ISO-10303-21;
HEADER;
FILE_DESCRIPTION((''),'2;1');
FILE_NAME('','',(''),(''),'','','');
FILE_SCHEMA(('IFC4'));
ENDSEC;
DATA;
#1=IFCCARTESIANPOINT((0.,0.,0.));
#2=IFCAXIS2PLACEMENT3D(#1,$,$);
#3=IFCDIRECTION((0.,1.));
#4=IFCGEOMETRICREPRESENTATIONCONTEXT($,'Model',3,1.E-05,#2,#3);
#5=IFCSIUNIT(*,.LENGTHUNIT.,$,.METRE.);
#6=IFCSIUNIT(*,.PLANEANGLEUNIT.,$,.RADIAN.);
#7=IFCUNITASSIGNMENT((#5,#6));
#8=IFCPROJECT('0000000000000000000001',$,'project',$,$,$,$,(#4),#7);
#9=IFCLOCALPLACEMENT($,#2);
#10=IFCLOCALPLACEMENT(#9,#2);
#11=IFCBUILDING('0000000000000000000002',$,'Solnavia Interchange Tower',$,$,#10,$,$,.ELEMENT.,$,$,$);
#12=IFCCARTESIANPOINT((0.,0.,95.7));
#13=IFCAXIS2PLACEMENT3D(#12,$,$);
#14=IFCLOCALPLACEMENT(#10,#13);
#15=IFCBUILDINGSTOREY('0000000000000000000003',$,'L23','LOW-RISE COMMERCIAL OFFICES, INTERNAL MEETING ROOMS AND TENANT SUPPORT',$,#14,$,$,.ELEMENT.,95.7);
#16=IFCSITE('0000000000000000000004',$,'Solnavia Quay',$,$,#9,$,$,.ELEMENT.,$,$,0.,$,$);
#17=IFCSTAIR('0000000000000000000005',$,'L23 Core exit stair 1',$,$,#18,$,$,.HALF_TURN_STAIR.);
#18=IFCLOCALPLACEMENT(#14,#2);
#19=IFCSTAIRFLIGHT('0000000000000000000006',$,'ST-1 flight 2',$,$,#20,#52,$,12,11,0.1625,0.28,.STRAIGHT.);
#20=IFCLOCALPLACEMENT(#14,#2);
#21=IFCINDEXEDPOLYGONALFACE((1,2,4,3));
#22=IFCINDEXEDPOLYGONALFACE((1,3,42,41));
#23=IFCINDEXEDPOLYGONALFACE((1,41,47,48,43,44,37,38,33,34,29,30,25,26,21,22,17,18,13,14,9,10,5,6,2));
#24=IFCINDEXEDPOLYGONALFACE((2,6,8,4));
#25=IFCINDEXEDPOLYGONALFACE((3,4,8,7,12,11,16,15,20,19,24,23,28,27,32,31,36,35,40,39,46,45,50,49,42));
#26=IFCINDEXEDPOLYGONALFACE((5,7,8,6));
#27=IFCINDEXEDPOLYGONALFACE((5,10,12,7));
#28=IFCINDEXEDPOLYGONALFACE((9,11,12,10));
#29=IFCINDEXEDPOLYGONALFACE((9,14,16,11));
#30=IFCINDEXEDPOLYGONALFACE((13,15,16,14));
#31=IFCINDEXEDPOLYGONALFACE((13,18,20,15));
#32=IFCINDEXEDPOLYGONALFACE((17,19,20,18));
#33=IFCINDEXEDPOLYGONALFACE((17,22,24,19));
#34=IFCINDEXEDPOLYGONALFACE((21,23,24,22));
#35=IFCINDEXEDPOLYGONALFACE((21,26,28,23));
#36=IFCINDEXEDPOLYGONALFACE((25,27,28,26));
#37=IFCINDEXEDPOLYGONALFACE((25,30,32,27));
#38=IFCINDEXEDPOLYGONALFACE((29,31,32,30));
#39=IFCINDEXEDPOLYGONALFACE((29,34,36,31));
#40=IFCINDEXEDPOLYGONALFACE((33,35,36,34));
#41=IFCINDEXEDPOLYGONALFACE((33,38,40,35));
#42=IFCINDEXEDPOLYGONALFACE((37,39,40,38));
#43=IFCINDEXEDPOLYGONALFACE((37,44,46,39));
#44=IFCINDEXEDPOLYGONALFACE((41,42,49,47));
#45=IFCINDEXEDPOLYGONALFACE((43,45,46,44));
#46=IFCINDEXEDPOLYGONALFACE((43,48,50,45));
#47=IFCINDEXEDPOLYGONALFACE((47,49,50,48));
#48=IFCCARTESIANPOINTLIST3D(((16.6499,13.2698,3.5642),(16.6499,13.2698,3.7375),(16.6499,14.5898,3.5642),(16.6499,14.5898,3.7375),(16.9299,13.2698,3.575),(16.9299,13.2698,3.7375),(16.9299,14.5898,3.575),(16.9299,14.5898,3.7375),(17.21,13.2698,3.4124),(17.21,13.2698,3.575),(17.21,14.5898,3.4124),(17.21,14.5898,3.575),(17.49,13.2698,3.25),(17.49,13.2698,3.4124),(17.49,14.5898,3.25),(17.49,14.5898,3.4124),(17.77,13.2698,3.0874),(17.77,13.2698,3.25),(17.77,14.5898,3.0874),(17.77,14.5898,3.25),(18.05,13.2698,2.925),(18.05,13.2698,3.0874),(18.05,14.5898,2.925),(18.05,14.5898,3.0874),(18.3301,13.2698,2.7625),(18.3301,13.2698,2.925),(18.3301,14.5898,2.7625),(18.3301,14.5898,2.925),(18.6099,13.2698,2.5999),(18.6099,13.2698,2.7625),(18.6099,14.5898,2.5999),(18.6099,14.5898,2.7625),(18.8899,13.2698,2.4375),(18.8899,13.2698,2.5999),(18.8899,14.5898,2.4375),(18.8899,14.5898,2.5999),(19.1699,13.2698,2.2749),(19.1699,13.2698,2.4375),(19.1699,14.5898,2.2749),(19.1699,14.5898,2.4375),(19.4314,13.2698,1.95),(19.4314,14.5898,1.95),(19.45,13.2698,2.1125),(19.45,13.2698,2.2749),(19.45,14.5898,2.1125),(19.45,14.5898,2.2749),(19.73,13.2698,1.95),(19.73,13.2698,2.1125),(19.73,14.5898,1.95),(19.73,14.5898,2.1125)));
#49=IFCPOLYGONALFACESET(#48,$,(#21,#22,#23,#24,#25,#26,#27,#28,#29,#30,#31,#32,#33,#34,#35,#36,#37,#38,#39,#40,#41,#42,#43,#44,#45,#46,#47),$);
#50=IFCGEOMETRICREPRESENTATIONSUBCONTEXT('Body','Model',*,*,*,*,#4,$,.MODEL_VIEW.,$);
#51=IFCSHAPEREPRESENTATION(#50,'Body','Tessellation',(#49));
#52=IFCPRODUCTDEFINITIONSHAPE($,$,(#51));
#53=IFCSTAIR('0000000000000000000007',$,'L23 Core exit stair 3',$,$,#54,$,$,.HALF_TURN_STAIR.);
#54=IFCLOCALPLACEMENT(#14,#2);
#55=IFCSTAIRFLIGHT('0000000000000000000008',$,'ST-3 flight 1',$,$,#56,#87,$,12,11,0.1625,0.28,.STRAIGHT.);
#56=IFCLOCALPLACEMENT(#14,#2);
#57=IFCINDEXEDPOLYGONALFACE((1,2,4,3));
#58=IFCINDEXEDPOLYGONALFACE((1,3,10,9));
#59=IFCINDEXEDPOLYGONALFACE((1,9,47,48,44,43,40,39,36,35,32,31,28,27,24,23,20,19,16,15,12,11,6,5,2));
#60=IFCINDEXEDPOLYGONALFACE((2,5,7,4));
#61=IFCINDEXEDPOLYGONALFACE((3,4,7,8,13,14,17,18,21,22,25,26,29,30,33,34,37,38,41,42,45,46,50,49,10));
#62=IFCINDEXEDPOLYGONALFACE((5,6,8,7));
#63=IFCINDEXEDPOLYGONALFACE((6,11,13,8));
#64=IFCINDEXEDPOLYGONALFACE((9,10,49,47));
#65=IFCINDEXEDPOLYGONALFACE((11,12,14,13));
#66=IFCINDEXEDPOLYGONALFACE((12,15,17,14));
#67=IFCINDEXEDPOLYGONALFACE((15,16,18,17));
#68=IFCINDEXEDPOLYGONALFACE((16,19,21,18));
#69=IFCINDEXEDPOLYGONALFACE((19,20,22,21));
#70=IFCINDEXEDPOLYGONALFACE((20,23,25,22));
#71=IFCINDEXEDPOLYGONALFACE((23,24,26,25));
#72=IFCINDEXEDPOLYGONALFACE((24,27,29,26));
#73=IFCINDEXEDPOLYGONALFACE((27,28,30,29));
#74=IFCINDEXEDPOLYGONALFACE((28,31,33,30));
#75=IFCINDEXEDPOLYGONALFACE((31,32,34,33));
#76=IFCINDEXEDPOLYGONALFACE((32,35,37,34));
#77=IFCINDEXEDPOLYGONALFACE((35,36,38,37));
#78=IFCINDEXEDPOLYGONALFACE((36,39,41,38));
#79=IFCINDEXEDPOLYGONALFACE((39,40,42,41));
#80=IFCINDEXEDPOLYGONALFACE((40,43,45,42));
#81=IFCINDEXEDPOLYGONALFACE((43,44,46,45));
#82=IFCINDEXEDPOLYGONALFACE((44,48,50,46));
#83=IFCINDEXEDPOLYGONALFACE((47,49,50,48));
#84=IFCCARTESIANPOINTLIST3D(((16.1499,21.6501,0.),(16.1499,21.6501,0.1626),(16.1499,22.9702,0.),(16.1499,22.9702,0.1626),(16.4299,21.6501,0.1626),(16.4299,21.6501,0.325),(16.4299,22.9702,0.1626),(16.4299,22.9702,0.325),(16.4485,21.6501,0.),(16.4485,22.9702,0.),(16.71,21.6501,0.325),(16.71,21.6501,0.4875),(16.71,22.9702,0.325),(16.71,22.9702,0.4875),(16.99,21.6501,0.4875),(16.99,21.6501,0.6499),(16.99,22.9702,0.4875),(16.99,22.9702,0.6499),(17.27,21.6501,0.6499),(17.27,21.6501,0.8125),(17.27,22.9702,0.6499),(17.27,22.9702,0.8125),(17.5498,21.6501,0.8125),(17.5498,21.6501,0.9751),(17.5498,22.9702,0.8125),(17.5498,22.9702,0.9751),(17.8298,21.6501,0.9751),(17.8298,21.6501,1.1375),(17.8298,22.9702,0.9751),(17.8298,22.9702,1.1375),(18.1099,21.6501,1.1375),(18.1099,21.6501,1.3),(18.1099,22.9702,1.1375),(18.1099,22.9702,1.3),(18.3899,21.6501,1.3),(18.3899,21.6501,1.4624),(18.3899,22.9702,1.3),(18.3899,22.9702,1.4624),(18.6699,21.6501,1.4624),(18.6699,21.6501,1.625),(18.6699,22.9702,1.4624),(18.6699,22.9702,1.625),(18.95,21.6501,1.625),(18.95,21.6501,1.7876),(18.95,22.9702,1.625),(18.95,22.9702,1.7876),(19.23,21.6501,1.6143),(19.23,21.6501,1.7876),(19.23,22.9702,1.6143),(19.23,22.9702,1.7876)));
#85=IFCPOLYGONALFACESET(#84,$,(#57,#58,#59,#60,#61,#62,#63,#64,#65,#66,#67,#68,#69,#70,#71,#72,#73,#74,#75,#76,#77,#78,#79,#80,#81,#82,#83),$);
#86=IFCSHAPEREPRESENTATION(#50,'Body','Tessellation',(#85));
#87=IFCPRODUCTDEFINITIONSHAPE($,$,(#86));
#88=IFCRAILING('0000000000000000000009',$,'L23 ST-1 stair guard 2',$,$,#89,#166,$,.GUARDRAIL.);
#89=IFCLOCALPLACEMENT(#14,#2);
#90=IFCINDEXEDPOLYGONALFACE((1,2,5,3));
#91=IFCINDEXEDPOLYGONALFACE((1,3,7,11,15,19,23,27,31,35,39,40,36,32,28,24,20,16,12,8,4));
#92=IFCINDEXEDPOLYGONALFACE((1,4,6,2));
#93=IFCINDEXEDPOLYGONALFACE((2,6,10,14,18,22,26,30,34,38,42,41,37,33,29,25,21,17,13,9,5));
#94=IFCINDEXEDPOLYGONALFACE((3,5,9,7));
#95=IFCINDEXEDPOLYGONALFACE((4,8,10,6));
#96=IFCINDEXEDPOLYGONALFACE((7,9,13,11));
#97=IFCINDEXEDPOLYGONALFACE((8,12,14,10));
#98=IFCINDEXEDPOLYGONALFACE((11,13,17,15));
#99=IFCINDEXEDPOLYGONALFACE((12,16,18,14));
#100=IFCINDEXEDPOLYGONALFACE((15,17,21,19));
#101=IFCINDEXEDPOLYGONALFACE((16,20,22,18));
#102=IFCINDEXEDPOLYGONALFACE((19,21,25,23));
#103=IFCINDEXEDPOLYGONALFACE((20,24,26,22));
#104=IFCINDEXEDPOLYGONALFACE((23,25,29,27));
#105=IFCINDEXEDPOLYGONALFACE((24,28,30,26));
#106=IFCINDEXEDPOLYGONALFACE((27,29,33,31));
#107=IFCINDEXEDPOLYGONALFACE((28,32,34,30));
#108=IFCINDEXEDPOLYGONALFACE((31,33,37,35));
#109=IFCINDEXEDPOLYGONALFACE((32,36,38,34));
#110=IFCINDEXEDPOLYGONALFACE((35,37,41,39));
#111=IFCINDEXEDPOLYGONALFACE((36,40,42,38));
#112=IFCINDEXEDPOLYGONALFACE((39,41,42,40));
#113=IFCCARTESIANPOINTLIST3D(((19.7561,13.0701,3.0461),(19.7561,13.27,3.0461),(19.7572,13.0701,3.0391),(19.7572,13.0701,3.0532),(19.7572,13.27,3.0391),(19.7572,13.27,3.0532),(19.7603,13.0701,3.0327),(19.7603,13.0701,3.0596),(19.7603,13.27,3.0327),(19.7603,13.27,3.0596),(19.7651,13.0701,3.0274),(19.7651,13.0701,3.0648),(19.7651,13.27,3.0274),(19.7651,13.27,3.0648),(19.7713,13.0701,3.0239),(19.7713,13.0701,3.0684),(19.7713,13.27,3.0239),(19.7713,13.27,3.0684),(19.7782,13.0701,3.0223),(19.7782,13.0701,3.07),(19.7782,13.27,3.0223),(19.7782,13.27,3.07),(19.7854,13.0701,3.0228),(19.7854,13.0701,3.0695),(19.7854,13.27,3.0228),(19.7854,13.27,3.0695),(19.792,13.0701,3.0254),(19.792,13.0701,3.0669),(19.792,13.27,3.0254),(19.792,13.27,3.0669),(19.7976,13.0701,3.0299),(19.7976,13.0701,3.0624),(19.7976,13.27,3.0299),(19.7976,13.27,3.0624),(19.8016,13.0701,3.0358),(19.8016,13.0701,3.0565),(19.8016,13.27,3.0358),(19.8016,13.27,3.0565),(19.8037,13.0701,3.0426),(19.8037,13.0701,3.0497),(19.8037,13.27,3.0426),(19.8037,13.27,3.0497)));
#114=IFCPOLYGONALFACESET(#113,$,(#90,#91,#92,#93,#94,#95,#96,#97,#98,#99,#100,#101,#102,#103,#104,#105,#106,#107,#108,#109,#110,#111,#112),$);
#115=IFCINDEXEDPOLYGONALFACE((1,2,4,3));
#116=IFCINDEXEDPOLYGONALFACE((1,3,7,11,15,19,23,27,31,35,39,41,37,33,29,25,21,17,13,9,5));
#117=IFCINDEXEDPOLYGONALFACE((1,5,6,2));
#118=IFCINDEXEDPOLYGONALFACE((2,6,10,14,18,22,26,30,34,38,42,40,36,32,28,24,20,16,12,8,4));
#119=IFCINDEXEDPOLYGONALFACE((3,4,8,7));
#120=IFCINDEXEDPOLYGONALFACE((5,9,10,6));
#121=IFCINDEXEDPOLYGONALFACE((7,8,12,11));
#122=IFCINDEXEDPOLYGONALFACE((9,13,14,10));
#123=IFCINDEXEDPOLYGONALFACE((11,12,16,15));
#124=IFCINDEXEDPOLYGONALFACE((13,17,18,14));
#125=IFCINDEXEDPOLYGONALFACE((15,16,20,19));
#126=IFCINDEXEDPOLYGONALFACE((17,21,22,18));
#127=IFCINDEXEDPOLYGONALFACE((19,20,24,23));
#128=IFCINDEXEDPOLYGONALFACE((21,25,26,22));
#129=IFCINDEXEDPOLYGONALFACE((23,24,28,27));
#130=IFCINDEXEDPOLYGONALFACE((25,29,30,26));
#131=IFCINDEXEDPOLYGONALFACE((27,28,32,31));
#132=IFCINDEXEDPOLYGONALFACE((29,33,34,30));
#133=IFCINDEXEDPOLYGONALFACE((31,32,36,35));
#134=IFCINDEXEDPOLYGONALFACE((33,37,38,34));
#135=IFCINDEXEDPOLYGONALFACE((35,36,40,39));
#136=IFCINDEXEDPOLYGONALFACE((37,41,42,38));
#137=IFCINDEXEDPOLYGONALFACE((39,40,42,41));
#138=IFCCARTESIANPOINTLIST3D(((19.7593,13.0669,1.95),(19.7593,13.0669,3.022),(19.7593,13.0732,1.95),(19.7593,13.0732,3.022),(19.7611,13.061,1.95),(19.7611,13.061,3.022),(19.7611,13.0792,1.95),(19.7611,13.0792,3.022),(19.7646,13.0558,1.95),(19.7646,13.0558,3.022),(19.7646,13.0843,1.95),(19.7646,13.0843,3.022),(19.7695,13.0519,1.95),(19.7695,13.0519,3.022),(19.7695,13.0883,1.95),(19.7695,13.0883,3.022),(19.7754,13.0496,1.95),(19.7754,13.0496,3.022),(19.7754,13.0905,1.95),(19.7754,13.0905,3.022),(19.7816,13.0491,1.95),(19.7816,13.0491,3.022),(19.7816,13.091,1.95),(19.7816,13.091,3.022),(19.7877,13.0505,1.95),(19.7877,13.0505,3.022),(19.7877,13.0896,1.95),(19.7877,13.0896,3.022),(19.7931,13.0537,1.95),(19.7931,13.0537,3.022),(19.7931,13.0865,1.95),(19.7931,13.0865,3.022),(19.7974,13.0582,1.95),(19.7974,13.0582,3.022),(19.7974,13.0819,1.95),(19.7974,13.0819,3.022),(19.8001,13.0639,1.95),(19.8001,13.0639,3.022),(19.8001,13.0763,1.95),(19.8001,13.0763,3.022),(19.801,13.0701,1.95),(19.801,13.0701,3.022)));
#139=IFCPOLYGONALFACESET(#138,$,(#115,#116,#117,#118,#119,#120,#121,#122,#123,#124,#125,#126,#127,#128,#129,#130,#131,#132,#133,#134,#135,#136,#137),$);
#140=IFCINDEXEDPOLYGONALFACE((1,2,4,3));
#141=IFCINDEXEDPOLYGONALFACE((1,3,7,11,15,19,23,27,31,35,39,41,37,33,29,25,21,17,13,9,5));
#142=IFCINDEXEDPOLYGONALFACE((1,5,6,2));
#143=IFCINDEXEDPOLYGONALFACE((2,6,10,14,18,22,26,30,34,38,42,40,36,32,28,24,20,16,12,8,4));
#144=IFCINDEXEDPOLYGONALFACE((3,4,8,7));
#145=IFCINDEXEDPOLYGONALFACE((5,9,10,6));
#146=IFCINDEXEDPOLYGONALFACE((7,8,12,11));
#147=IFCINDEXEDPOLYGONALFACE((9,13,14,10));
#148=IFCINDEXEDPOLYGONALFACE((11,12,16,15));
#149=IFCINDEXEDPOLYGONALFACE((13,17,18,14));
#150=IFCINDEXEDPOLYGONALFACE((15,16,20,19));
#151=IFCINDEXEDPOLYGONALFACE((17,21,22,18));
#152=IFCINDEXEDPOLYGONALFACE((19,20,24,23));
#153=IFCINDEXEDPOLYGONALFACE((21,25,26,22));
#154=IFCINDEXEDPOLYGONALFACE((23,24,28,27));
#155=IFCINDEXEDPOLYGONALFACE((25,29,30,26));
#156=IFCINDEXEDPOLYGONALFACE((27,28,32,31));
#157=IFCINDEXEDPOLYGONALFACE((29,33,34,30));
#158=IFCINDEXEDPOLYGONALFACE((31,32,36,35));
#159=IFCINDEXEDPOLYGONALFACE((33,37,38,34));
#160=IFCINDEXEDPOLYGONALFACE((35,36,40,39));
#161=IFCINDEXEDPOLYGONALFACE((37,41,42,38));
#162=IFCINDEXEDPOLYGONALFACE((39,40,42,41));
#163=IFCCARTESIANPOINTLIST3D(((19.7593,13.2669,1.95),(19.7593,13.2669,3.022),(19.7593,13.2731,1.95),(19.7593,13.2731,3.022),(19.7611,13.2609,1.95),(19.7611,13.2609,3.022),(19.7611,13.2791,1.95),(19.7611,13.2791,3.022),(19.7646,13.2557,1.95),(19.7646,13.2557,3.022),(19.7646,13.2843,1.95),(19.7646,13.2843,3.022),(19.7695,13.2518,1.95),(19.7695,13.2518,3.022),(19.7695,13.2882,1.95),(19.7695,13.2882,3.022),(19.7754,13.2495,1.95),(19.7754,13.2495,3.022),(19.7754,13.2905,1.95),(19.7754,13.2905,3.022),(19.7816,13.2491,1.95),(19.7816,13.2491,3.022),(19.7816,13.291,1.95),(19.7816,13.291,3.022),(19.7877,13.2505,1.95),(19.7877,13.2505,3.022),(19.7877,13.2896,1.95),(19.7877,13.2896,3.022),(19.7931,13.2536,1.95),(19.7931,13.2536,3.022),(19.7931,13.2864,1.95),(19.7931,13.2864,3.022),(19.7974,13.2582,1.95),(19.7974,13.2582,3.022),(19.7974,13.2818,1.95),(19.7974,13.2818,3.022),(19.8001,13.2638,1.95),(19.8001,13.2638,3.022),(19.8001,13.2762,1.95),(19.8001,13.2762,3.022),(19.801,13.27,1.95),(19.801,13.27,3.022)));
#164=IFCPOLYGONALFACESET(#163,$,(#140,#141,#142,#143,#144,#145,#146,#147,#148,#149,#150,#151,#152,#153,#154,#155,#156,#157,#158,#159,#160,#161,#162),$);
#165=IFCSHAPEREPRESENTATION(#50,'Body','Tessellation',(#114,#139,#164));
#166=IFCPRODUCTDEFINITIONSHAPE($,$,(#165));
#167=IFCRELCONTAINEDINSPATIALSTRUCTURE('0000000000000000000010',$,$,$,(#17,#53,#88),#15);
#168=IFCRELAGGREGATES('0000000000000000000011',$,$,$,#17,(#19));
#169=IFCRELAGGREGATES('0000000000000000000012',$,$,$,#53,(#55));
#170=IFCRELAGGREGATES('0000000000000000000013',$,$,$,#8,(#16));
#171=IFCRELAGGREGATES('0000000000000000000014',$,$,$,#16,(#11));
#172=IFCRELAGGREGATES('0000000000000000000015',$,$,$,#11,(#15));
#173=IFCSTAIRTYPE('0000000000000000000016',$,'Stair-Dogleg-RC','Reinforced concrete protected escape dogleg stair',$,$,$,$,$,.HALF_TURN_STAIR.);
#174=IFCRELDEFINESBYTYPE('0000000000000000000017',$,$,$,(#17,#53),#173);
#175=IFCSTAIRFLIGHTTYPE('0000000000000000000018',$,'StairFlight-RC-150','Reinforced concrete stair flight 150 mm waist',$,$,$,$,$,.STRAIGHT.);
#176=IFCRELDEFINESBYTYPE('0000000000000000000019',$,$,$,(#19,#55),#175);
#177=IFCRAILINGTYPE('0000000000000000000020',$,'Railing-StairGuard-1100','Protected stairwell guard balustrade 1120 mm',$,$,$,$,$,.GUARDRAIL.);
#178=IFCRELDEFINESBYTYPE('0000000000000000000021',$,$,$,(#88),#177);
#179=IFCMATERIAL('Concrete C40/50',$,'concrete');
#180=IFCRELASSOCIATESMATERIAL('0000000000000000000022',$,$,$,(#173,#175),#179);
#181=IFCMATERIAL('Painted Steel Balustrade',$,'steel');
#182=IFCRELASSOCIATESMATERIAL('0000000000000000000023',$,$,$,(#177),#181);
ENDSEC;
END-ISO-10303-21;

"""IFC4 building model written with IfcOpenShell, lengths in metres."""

from ifc_helpers import new_model, si_unit, direction, frame, origin, origin_2d, place, context, subcontext, project, spatial, polyline, circle, outline, extrude, material, type_object, element, aggregate, save


model = new_model("IFC4")

# Units and contexts
model_context = context("Model", 3, precision=1e-05, world=origin(), true_north=direction((0.0, 1.0)))
body_context = subcontext(model_context, "Body", "Model", "MODEL_VIEW")
ifc_project = project(units=[si_unit("LENGTHUNIT", "METRE"), si_unit("PLANEANGLEUNIT", "RADIAN")], contexts=[model_context])

# Site, building, storey
site_placement = place(None, origin())
site = spatial("IfcSite", under=ifc_project, at=site_placement, Name="Solnavia Quay", CompositionType="ELEMENT", RefElevation=0.0)
building_placement = place(site_placement, origin())
building = spatial("IfcBuilding", under=site, at=building_placement, Name="Solnavia Interchange Tower", CompositionType="ELEMENT")
storey_placement = place(building_placement, frame((0.0, 0.0, 95.7)))
storey = spatial("IfcBuildingStorey", under=building, at=storey_placement, Name="L23", Description="LOW-RISE COMMERCIAL OFFICES, INTERNAL MEETING ROOMS AND TENANT SUPPORT", CompositionType="ELEMENT", Elevation=95.7)

# Shared definitions
ifc_material_1 = material(Name="Concrete C40/50", Category="concrete")

# Stairs, stair flights
stair_type = type_object("IfcStairType", Name="Stair-Dogleg-RC", Description="Reinforced concrete protected escape dogleg stair", PredefinedType="HALF_TURN_STAIR", material=ifc_material_1)
stair_1_placement = place(storey_placement, origin())
stair_1 = element("IfcStair", 1, at=stair_1_placement, inside=storey, type_object=stair_type, Name="L23 Core exit stair 1", PredefinedType="HALF_TURN_STAIR")
stair_flight_type = type_object("IfcStairFlightType", Name="StairFlight-RC-150", Description="Reinforced concrete stair flight 150 mm waist", PredefinedType="STRAIGHT", material=ifc_material_1)
stair_flight_1_placement = place(storey_placement, frame((19.73, 13.9299, 1.95), z_axis=(0.0, 0.0, 1.0), x_axis=(-1.0, 0.0, 0.0)))
stair_flight_1 = element("IfcStairFlight", 2, at=stair_flight_1_placement, type_object=stair_flight_type, Name="ST-1 flight 2", NumberOfRisers=12, NumberOfTreads=11, PredefinedType="STRAIGHT", RiserHeight=0.1625, TreadLength=0.28, context=body_context, shape_type="SweptSolid", body=[
    extrude(outline(polyline([(0.0, 0.0), (0.0, 0.1626), (0.28, 0.1626), (0.28, 0.325), (0.5601, 0.325), (0.5601, 0.4875), (0.8401, 0.4875), (0.8401, 0.6499), (1.1201, 0.6499), (1.1201, 0.8125), (1.3999, 0.8125), (1.3999, 0.9751), (1.6799, 0.9751), (1.6799, 1.1375), (1.96, 1.1375), (1.96, 1.3), (2.24, 1.3), (2.24, 1.4624), (2.52, 1.4624), (2.52, 1.625), (2.8, 1.625), (2.8, 1.7876), (3.0801, 1.7876), (3.0801, 1.95), (3.0801, 1.6143), (0.2986, 0.0), (0.0, 0.0)])), frame((0.0, 0.6602, 0.0), z_axis=(0.0, -1.0, 0.0), x_axis=(1.0, 0.0, 0.0)), (0.0, 0.0, 1.0), 1.3201),
])
aggregate(stair_1, [stair_flight_1])
stair_2_placement = place(storey_placement, origin())
stair_2 = element("IfcStair", 3, at=stair_2_placement, inside=storey, type_object=stair_type, Name="L23 Core exit stair 3", PredefinedType="HALF_TURN_STAIR")
stair_flight_2_placement = place(storey_placement, frame((16.1499, 22.3101, 0.0), z_axis=(0.0, 0.0, 1.0), x_axis=(1.0, 0.0, 0.0)))
stair_flight_2 = element("IfcStairFlight", 4, at=stair_flight_2_placement, type_object=stair_flight_type, Name="ST-3 flight 1", NumberOfRisers=12, NumberOfTreads=11, PredefinedType="STRAIGHT", RiserHeight=0.1625, TreadLength=0.28, context=body_context, shape_type="SweptSolid", body=[
    extrude(outline(polyline([(0.0, 0.0), (0.0, 0.1626), (0.28, 0.1626), (0.28, 0.325), (0.5601, 0.325), (0.5601, 0.4875), (0.8401, 0.4875), (0.8401, 0.6499), (1.1201, 0.6499), (1.1201, 0.8125), (1.3999, 0.8125), (1.3999, 0.9751), (1.6799, 0.9751), (1.6799, 1.1375), (1.96, 1.1375), (1.96, 1.3), (2.24, 1.3), (2.24, 1.4624), (2.52, 1.4624), (2.52, 1.625), (2.8, 1.625), (2.8, 1.7876), (3.0801, 1.7876), (3.0801, 1.95), (3.0801, 1.6143), (0.2986, 0.0), (0.0, 0.0)])), frame((0.0, 0.6602, 0.0), z_axis=(0.0, -1.0, 0.0), x_axis=(1.0, 0.0, 0.0)), (0.0, 0.0, 1.0), 1.3201),
])
aggregate(stair_2, [stair_flight_2])

# Railing
ifc_material_2 = material(Name="Painted Steel Balustrade", Category="steel")
railing_type_1 = type_object("IfcRailingType", Name="Railing-StairGuard-1100", Description="Protected stairwell guard balustrade 1120 mm", PredefinedType="GUARDRAIL", material=ifc_material_2)
railing_1_placement = place(storey_placement, frame((19.78, 13.0701, 1.95)))
element("IfcRailing", 5, at=railing_1_placement, inside=storey, type_object=railing_type_1, Name="L23 ST-1 stair guard 2", PredefinedType="GUARDRAIL", context=body_context, shape_type="SweptSolid", body=[
    extrude(circle(Radius=0.0239, at=origin_2d()), frame((0.0, 0.0, 1.0962), z_axis=(0.0, 1.0, 0.0), x_axis=(-1.0, 0.0, 0.0)), (0.0, 0.0, 1.0), 0.2),
    extrude(circle(Radius=0.021, at=origin_2d()), origin(), (0.0, 0.0, 1.0), 1.072),
    extrude(circle(Radius=0.021, at=origin_2d()), frame((0.0, 0.2, 0.0)), (0.0, 0.0, 1.0), 1.072),
])

save(model, "model.ifc")
